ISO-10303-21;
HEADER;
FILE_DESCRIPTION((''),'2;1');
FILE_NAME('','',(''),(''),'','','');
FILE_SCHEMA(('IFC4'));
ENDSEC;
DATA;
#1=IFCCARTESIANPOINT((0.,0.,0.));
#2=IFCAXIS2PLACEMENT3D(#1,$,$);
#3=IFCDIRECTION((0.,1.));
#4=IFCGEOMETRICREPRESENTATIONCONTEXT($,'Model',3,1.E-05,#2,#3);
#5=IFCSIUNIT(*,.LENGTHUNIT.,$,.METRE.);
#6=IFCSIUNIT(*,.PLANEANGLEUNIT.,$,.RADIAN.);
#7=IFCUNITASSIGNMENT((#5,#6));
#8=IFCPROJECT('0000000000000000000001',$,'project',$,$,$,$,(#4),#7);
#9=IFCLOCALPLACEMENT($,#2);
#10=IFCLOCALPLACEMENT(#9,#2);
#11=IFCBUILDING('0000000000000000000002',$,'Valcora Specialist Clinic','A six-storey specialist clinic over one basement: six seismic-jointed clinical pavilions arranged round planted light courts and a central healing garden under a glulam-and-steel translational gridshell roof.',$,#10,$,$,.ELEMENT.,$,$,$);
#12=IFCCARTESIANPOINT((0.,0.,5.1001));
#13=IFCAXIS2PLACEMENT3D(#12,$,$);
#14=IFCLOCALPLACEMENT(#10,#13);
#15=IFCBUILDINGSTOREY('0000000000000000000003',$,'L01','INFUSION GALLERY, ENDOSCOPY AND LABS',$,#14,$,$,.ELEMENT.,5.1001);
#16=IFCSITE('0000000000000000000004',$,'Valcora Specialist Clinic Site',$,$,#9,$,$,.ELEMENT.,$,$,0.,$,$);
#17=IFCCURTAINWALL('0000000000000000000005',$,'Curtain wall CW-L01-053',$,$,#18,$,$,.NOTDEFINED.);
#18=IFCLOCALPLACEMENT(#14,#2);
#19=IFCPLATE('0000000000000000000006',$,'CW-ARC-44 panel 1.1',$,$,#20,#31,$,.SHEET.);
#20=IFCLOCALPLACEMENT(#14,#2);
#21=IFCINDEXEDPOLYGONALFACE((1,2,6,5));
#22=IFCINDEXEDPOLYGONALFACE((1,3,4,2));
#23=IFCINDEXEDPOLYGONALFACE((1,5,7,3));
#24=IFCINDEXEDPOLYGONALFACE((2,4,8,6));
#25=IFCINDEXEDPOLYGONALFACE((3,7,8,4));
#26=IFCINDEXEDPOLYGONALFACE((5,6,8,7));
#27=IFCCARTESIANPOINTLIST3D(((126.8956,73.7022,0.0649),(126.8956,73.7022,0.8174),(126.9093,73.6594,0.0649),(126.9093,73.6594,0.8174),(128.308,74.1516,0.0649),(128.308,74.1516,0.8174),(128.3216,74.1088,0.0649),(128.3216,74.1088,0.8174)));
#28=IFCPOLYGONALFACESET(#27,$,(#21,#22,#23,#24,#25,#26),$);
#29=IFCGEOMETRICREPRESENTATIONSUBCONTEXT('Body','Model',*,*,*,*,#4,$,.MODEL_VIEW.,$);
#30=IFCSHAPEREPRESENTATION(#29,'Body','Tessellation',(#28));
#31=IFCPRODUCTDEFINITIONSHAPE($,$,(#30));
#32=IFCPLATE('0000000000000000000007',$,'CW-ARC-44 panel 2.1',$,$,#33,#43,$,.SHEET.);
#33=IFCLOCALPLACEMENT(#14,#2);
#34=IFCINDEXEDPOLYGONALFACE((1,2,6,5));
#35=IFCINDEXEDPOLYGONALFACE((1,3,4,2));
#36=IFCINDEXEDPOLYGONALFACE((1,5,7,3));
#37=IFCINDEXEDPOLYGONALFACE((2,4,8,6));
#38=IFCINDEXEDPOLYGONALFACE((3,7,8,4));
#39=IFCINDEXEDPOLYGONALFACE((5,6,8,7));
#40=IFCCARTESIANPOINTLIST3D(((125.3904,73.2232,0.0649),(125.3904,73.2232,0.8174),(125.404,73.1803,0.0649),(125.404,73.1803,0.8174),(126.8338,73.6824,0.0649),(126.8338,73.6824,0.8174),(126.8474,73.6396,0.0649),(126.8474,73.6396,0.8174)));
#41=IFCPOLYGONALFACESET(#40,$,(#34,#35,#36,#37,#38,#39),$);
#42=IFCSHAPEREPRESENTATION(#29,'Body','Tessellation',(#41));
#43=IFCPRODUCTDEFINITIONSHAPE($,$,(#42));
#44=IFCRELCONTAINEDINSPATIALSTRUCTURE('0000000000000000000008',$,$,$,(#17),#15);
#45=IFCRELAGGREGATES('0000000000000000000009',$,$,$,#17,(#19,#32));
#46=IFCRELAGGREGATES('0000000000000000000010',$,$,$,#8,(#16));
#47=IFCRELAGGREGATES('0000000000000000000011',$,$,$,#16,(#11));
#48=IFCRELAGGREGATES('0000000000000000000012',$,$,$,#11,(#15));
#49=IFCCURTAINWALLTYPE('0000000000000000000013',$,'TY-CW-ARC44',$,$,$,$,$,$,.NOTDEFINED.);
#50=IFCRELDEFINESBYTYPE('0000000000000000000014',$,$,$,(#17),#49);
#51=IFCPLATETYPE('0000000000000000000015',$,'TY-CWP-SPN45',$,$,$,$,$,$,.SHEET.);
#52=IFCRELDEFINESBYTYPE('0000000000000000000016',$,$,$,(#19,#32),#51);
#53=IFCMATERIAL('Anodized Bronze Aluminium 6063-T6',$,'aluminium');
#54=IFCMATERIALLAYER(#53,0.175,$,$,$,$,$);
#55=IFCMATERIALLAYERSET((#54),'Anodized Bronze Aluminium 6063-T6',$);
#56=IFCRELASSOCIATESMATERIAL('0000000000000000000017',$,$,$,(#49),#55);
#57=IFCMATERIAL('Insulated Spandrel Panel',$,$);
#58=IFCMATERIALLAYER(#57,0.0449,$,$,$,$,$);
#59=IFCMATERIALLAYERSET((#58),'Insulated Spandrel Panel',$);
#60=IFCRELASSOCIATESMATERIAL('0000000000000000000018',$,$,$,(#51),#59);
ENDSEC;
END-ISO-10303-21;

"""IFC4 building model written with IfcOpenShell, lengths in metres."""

from ifc_helpers import new_model, si_unit, direction, frame, origin, origin_2d, place, context, subcontext, project, spatial, rectangle, extrude, material, layer, layer_set, type_object, element, aggregate, save


model = new_model("IFC4")

# Units and contexts
model_context = context("Model", 3, precision=1e-05, world=origin(), true_north=direction((0.0, 1.0)))
body_context = subcontext(model_context, "Body", "Model", "MODEL_VIEW")
ifc_project = project(units=[si_unit("LENGTHUNIT", "METRE"), si_unit("PLANEANGLEUNIT", "RADIAN")], contexts=[model_context])

# Site, building, storey
site_placement = place(None, origin())
site = spatial("IfcSite", under=ifc_project, at=site_placement, Name="Valcora Specialist Clinic Site", CompositionType="ELEMENT", RefElevation=0.0)
building_placement = place(site_placement, origin())
building = spatial("IfcBuilding", under=site, at=building_placement, Name="Valcora Specialist Clinic", Description="A six-storey specialist clinic over one basement: six seismic-jointed clinical pavilions arranged round planted light courts and a central healing garden under a glulam-and-steel translational gridshell roof.", CompositionType="ELEMENT")
storey_placement = place(building_placement, frame((0.0, 0.0, 5.1001)))
storey = spatial("IfcBuildingStorey", under=building, at=storey_placement, Name="L01", Description="INFUSION GALLERY, ENDOSCOPY AND LABS", CompositionType="ELEMENT", Elevation=5.1001)

# Curtain wall, plates
ifc_material_1 = material(Name="Anodized Bronze Aluminium 6063-T6", Category="aluminium")
ifc_layer_1 = layer(ifc_material_1, 0.175)
ifc_layer_set_1 = layer_set([ifc_layer_1], Name="Anodized Bronze Aluminium 6063-T6")
curtain_wall_type = type_object("IfcCurtainWallType", Name="TY-CW-ARC44", PredefinedType="NOTDEFINED", material=ifc_layer_set_1)
curtain_wall_placement = place(storey_placement, origin())
curtain_wall = element("IfcCurtainWall", 1, at=curtain_wall_placement, inside=storey, type_object=curtain_wall_type, Name="Curtain wall CW-L01-053", PredefinedType="NOTDEFINED")
ifc_material_2 = material(Name="Insulated Spandrel Panel")
ifc_layer_2 = layer(ifc_material_2, 0.0449)
ifc_layer_set_2 = layer_set([ifc_layer_2], Name="Insulated Spandrel Panel")
plate_type_1 = type_object("IfcPlateType", Name="TY-CWP-SPN45", PredefinedType="SHEET", material=ifc_layer_set_2)
plate_1_placement = place(storey_placement, frame((127.6086, 73.9055, 0.0649), z_axis=(0.0, 0.0, 1.0), x_axis=(-0.952916, -0.303233, 0.0)))
plate_1 = element("IfcPlate", 2, at=plate_1_placement, type_object=plate_type_1, Name="CW-ARC-44 panel 1.1", PredefinedType="SHEET", context=body_context, shape_type="SweptSolid", body=[
    extrude(rectangle(XDim=1.4822, YDim=0.0449, at=origin_2d()), origin(), (0.0, 0.0, 1.0), 0.7524),
])
plate_2_placement = place(storey_placement, frame((126.1189, 73.4314, 0.0649), z_axis=(0.0, 0.0, 1.0), x_axis=(-0.952916, -0.303233, 0.0)))
plate_2 = element("IfcPlate", 3, at=plate_2_placement, type_object=plate_type_1, Name="CW-ARC-44 panel 2.1", PredefinedType="SHEET", context=body_context, shape_type="SweptSolid", body=[
    extrude(rectangle(XDim=1.5146, YDim=0.0449, at=origin_2d()), origin(), (0.0, 0.0, 1.0), 0.7524),
])
aggregate(curtain_wall, [plate_1, plate_2])

save(model, "model.ifc")
